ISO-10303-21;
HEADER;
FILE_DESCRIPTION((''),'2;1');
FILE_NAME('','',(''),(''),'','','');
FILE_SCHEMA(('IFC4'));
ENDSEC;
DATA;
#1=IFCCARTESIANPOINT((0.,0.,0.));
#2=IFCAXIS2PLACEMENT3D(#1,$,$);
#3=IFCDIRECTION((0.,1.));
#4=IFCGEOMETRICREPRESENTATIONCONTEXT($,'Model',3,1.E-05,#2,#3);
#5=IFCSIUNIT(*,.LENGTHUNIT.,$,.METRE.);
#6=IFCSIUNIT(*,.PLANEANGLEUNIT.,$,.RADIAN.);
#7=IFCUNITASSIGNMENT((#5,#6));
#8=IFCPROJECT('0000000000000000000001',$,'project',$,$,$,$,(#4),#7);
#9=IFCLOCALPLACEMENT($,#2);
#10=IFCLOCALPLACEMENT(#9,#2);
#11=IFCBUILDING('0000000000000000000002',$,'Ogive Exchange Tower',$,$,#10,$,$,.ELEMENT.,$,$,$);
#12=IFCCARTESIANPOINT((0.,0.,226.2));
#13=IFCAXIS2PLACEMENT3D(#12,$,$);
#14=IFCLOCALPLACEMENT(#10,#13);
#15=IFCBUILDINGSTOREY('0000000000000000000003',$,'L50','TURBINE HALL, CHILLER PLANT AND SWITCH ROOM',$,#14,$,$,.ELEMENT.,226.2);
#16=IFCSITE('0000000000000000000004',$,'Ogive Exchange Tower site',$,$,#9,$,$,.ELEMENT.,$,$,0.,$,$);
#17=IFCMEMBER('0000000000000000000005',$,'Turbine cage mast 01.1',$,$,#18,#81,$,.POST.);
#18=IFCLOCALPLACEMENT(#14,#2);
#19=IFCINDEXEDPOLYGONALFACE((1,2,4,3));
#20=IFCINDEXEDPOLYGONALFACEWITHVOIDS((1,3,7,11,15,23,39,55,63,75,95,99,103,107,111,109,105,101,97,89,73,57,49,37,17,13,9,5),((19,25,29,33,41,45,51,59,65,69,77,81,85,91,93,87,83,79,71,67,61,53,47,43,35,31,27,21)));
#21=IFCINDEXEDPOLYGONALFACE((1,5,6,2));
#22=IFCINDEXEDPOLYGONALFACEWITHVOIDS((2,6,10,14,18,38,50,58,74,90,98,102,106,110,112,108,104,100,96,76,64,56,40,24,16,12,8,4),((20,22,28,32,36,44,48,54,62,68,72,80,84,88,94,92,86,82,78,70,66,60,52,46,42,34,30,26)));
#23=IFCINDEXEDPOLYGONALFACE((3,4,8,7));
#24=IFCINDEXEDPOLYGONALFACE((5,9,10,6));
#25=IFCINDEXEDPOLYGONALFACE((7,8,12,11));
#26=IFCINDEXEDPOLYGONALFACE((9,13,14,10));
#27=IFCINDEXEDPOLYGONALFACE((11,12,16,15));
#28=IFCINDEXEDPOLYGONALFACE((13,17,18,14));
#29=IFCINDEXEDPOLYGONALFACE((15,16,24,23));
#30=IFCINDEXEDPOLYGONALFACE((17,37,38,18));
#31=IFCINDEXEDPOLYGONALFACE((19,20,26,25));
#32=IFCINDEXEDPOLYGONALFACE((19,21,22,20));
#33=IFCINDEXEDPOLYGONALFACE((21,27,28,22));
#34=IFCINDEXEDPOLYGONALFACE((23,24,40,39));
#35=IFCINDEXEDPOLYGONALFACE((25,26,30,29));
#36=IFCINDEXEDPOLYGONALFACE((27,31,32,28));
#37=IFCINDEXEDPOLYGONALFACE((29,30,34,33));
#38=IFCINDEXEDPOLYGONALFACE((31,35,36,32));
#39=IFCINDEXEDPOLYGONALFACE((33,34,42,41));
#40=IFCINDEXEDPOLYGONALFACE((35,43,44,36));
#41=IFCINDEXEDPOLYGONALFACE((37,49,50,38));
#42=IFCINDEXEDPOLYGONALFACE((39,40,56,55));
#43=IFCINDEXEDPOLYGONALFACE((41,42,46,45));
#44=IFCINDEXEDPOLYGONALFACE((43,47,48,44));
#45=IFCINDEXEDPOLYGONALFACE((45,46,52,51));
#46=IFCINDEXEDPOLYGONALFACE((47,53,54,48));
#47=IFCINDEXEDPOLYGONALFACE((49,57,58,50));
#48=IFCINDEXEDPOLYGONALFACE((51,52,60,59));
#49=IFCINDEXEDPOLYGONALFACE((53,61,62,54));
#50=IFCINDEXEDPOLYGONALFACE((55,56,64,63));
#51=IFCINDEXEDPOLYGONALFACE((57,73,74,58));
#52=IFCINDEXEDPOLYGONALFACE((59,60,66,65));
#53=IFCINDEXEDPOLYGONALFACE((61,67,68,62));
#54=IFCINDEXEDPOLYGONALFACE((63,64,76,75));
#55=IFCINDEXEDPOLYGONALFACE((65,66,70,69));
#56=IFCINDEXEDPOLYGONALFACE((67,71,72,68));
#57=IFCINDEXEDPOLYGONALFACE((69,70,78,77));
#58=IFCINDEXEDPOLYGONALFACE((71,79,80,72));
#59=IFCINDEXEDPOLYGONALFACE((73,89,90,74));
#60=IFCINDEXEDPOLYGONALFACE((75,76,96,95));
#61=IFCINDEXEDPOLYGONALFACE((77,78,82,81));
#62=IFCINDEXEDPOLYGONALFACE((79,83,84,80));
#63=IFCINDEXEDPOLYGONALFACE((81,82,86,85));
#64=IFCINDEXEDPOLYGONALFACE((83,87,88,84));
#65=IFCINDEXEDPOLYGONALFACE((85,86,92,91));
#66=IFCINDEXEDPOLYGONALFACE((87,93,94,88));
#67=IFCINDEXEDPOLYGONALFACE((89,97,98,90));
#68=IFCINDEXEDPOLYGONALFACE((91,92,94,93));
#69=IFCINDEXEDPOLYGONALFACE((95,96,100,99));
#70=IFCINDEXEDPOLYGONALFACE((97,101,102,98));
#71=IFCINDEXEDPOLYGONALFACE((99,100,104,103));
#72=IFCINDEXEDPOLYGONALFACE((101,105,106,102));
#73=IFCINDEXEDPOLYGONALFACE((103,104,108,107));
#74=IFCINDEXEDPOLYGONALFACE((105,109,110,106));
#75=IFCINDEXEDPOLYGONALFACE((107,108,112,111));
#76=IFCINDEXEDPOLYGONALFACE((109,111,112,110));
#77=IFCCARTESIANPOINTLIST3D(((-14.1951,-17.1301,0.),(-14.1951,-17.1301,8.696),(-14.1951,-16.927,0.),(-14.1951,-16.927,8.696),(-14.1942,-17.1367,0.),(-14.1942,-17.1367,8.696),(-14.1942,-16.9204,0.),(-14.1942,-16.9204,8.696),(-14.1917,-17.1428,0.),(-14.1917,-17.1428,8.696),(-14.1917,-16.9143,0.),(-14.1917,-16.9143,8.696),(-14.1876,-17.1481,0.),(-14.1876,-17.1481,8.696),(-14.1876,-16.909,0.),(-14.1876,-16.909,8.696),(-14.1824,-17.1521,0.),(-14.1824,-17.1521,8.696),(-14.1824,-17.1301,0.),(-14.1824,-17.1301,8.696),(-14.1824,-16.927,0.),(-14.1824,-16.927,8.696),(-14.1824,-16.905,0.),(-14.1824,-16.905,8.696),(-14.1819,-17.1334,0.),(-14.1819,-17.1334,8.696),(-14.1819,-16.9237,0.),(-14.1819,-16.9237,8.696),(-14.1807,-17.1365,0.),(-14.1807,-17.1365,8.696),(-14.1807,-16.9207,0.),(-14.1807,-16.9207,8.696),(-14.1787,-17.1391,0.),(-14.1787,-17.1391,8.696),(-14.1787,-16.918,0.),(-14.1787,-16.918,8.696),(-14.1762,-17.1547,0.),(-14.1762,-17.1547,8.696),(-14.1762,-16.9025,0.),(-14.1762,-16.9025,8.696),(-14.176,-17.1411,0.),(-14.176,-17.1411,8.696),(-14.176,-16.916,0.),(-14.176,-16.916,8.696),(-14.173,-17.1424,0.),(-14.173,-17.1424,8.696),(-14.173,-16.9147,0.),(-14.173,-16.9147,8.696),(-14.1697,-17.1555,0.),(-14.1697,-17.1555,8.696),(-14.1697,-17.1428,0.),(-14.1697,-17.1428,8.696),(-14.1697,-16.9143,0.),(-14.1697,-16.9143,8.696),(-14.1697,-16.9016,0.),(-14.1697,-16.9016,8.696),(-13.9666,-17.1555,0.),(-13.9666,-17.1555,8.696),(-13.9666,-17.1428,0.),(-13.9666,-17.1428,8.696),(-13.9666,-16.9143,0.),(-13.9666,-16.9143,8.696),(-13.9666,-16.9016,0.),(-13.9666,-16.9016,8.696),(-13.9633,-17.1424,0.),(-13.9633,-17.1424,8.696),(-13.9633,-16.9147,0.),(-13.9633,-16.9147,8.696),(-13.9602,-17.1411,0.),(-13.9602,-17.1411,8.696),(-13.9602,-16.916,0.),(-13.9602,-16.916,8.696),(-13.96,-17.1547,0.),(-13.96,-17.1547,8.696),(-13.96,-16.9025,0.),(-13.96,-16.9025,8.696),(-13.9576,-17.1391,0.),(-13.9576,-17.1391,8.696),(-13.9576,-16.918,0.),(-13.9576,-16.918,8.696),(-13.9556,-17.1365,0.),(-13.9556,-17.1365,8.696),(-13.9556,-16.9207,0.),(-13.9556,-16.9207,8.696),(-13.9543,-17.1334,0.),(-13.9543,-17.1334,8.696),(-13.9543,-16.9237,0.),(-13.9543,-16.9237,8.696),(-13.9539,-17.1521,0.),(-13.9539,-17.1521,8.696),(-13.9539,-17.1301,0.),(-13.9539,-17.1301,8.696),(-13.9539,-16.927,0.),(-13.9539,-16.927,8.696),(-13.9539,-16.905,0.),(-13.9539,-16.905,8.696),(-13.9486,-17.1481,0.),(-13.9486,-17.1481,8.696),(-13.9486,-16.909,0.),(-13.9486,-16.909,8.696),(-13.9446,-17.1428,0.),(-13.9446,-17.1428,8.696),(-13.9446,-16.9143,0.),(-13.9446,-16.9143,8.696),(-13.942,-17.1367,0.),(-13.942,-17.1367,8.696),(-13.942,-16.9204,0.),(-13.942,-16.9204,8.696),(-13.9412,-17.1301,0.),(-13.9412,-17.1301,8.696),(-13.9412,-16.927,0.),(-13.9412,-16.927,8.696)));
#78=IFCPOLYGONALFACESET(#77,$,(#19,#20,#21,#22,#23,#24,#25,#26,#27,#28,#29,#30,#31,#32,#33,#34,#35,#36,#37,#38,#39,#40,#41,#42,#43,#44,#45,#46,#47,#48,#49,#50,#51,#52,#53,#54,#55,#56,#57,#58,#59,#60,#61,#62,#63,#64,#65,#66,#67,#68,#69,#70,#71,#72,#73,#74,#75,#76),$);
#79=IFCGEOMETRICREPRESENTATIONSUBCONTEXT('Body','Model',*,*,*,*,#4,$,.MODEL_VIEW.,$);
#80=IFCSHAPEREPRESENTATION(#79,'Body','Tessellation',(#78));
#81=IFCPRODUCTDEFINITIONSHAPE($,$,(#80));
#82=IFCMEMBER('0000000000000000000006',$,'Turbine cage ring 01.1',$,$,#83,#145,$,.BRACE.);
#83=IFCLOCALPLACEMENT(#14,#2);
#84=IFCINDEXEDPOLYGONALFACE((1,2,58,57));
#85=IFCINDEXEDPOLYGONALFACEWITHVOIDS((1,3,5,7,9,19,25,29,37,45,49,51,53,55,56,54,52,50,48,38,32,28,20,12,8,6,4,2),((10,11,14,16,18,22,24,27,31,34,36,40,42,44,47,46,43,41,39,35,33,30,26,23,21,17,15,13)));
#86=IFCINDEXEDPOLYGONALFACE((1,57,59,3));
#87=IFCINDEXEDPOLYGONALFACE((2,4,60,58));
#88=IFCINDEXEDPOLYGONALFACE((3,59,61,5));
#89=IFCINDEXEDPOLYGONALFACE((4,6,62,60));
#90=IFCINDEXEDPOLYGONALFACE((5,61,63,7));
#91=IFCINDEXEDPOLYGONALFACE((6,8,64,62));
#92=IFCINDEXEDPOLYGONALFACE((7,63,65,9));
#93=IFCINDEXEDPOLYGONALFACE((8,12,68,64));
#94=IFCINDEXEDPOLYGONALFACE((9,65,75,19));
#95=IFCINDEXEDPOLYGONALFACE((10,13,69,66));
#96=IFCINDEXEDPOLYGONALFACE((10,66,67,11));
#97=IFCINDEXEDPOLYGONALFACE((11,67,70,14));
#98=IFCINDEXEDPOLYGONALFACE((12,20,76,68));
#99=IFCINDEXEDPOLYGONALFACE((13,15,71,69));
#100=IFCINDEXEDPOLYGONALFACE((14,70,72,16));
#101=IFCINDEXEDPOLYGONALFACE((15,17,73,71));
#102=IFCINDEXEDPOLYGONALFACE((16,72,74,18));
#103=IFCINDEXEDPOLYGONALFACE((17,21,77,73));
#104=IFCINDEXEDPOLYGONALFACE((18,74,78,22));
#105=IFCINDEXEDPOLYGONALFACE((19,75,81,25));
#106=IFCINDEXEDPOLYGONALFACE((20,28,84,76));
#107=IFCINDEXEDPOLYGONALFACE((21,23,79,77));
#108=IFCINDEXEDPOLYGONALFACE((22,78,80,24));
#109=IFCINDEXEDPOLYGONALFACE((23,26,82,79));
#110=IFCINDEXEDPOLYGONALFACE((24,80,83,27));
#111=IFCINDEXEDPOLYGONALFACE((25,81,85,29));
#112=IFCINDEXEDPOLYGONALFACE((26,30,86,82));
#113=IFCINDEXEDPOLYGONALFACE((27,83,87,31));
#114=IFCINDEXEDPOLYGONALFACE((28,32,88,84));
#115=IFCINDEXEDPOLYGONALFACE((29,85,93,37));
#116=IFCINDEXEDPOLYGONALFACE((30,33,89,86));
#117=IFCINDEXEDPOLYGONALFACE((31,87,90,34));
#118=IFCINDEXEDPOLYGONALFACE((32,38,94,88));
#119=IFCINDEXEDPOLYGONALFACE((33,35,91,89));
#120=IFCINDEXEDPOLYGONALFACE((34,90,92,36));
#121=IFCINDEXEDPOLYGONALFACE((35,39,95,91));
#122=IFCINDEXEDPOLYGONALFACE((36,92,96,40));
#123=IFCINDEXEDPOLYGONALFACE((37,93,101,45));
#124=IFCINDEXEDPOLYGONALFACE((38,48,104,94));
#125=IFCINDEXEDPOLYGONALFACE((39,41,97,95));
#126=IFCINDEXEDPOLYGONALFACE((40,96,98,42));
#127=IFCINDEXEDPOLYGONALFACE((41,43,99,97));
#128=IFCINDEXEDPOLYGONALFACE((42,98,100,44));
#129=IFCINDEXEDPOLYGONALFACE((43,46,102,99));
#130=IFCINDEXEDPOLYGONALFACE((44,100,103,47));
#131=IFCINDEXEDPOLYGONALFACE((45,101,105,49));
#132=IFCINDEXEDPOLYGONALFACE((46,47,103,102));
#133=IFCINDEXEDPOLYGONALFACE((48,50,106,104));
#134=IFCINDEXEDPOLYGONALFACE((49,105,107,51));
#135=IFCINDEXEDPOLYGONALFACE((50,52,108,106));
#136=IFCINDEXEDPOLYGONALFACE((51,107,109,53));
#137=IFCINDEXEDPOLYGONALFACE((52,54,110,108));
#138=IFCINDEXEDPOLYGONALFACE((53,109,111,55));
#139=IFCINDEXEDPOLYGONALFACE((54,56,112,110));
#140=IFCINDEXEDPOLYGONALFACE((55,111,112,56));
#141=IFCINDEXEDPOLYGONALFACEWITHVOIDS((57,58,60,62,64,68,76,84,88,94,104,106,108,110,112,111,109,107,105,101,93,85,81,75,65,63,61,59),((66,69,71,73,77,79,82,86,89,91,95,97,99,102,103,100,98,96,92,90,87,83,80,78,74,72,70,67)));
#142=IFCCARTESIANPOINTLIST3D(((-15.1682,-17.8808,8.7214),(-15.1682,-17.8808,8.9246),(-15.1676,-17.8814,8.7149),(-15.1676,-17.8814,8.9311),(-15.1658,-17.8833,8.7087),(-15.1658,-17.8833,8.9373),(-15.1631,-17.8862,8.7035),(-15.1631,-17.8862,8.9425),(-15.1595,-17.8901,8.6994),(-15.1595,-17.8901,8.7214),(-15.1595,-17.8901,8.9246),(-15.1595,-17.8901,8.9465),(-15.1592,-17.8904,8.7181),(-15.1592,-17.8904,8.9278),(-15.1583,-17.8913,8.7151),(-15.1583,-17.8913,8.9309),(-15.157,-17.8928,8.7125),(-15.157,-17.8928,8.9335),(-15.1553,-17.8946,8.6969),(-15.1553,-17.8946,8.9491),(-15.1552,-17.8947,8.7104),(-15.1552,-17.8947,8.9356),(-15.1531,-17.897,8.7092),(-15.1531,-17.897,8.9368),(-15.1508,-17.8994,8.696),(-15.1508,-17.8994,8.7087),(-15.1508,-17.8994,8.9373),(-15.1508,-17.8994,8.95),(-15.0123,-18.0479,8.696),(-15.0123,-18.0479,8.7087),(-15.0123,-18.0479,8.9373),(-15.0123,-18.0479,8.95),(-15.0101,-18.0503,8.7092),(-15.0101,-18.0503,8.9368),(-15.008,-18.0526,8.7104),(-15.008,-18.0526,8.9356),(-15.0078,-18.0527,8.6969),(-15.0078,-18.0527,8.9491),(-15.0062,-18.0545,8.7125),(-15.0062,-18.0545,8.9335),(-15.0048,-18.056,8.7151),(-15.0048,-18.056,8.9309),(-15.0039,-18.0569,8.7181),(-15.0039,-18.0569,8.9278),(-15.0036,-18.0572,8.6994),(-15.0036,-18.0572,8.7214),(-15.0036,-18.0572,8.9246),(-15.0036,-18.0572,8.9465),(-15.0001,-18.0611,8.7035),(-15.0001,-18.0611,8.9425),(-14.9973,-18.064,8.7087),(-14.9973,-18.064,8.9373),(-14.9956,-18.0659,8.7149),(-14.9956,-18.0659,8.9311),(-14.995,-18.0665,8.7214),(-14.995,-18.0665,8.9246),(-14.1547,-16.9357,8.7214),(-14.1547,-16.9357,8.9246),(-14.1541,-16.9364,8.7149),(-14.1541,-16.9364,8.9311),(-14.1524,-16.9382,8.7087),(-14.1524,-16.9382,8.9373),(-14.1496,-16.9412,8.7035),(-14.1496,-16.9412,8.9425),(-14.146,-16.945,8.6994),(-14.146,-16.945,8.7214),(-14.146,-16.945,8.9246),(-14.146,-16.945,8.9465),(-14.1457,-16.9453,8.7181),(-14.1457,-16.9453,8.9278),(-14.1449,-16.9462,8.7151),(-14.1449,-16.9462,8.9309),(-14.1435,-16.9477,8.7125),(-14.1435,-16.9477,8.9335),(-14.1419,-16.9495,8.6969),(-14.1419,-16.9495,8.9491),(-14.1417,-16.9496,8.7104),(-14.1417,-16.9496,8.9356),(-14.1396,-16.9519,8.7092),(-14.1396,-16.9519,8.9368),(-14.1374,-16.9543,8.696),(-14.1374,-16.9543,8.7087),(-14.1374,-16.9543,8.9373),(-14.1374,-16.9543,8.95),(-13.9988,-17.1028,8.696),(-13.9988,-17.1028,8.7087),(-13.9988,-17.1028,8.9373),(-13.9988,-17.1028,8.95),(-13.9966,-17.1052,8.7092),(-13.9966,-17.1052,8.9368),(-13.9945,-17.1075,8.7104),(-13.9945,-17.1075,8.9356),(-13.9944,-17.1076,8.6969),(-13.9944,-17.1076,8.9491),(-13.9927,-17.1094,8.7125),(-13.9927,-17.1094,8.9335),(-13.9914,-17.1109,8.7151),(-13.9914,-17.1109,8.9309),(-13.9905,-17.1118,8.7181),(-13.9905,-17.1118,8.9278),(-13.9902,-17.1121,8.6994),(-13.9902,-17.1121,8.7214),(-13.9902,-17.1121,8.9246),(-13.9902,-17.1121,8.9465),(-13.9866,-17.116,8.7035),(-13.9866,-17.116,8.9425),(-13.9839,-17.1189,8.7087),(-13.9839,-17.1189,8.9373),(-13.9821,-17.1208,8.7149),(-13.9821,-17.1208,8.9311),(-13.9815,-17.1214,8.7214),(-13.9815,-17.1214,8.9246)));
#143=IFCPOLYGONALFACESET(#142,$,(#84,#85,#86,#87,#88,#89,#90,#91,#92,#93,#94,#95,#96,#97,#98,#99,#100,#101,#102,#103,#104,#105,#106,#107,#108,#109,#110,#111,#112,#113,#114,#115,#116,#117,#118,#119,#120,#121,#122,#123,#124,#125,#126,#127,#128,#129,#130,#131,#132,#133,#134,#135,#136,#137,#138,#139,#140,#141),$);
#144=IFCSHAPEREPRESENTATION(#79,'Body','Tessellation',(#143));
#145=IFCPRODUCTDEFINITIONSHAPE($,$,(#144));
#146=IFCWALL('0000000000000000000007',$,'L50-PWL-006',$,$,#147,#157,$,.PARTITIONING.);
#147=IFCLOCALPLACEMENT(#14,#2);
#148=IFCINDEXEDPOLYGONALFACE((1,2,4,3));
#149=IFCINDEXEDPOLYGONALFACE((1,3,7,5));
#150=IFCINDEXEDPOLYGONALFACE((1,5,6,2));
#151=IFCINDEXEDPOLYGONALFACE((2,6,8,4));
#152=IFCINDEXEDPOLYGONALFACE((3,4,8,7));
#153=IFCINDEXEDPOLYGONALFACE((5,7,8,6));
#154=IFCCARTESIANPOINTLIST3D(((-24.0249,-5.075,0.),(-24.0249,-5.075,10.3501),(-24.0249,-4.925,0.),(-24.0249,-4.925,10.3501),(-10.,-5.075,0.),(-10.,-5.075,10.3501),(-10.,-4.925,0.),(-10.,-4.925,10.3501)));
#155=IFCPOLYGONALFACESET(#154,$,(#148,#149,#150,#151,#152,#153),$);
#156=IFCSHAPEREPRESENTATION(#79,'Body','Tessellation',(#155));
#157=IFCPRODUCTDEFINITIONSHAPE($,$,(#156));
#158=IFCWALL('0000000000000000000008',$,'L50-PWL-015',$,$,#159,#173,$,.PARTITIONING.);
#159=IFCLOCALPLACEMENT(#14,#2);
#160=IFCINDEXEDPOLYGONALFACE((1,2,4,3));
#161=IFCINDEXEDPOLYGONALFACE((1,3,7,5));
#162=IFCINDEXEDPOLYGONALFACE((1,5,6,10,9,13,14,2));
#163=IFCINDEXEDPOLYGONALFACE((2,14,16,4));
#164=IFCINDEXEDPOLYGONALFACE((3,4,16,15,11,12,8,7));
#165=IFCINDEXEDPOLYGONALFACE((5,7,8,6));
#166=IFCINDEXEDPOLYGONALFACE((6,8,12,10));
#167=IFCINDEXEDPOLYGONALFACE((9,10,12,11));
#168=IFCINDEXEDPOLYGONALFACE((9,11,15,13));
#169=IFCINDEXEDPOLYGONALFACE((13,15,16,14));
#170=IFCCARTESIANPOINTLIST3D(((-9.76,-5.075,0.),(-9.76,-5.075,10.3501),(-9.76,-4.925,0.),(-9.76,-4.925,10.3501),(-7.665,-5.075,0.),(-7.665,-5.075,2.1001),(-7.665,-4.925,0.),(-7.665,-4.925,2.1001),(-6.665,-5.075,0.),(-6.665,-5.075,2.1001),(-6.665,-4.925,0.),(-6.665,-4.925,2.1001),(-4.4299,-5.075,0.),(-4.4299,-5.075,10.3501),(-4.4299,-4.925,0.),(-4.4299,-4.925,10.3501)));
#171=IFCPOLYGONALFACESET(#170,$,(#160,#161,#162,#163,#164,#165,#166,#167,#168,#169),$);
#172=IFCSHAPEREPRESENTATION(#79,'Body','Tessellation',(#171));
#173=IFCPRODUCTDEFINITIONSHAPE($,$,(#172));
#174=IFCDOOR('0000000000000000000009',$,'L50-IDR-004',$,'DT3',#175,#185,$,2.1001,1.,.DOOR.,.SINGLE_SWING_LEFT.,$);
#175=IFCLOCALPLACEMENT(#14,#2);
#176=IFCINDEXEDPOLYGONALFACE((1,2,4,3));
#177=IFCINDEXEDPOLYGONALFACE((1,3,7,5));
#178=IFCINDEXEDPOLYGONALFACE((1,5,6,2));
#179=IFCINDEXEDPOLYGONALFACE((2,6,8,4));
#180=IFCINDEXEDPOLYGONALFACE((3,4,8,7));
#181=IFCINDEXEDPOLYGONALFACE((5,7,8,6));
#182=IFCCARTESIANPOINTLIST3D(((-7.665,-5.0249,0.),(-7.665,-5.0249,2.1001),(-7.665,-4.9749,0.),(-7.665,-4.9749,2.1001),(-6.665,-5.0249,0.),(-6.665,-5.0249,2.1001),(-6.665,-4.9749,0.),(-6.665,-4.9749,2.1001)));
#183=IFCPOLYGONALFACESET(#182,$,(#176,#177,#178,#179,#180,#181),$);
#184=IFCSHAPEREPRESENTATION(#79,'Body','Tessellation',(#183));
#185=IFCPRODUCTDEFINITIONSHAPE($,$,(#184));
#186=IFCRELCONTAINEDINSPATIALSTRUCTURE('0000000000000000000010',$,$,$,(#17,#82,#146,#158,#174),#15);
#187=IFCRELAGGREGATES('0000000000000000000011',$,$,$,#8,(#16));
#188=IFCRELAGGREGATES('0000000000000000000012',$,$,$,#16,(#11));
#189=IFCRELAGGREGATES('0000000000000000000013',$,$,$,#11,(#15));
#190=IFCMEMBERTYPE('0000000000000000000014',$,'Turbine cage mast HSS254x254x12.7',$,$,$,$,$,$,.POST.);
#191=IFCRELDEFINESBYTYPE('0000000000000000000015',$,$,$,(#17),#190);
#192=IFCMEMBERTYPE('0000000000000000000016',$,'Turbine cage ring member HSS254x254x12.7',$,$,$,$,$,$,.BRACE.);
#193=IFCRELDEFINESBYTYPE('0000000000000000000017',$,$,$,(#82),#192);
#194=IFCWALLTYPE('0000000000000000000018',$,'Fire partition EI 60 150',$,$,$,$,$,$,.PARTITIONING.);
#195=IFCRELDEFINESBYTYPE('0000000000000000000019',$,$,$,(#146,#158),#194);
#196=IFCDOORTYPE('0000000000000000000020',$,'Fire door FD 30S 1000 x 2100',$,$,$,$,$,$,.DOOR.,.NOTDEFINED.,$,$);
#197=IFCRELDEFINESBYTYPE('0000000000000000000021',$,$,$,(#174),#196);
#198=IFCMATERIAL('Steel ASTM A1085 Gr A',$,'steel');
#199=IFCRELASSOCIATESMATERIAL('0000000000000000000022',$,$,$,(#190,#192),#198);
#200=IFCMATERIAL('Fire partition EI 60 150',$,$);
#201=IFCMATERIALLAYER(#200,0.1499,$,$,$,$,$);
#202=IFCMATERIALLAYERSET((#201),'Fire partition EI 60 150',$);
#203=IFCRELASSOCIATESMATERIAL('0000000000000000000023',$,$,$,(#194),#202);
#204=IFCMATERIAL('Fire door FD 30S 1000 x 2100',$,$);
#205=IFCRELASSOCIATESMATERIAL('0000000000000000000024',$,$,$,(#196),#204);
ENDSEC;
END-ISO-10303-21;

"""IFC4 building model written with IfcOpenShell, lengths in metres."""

from ifc_helpers import new_model, si_unit, direction, frame, frame_2d, origin, origin_2d, place, context, subcontext, project, spatial, rectangle, hollow_rectangle, extrude, material, layer, layer_set, material_profile, profile_set, type_object, element, fill, save


model = new_model("IFC4")

# Units and contexts
model_context = context("Model", 3, precision=1e-05, world=origin(), true_north=direction((0.0, 1.0)))
body_context = subcontext(model_context, "Body", "Model", "MODEL_VIEW")
ifc_project = project(units=[si_unit("LENGTHUNIT", "METRE"), si_unit("PLANEANGLEUNIT", "RADIAN")], contexts=[model_context])

# Site, building, storey
site_placement = place(None, origin())
site = spatial("IfcSite", under=ifc_project, at=site_placement, Name="Ogive Exchange Tower site", CompositionType="ELEMENT", RefElevation=0.0)
building_placement = place(site_placement, origin())
building = spatial("IfcBuilding", under=site, at=building_placement, Name="Ogive Exchange Tower", CompositionType="ELEMENT")
storey_placement = place(building_placement, frame((0.0, 0.0, 226.2)))
storey = spatial("IfcBuildingStorey", under=building, at=storey_placement, Name="L50", Description="TURBINE HALL, CHILLER PLANT AND SWITCH ROOM", CompositionType="ELEMENT", Elevation=226.2)

# Members
ifc_material_1 = material(Name="Steel ASTM A1085 Gr A", Category="steel")
ifc_material_profile_1 = material_profile(ifc_material_1, hollow_rectangle(XDim=0.2539, YDim=0.2539, WallThickness=0.0127, InnerFilletRadius=0.0127, OuterFilletRadius=0.0254, at=origin_2d()), Name="HSS254x254x12.7")
ifc_profile_set_1 = profile_set([ifc_material_profile_1], Name="Steel ASTM A1085 Gr A")
member_type_1 = type_object("IfcMemberType", Name="Turbine cage mast HSS254x254x12.7", PredefinedType="POST", material=ifc_profile_set_1)
member_1_placement = place(storey_placement, frame((-14.0681, -17.0286, 0.0), z_axis=(0.0, 0.0, 1.0), x_axis=(1.0, 0.0, 0.0)))
element("IfcMember", 1, at=member_1_placement, inside=storey, type_object=member_type_1, Name="Turbine cage mast 01.1", PredefinedType="POST", context=body_context, shape_type="SweptSolid", body=[
    extrude(hollow_rectangle(XDim=0.2539, YDim=0.2539, WallThickness=0.0127, InnerFilletRadius=0.0127, OuterFilletRadius=0.0254, at=origin_2d()), origin(), (0.0, 0.0, 1.0), 8.696),
])
ifc_material_profile_2 = material_profile(ifc_material_1, hollow_rectangle(XDim=0.2539, YDim=0.2539, WallThickness=0.0127, InnerFilletRadius=0.0127, OuterFilletRadius=0.0254, at=origin_2d()), Name="HSS254x254x12.7")
ifc_profile_set_2 = profile_set([ifc_material_profile_2], Name="Steel ASTM A1085 Gr A")
member_type_2 = type_object("IfcMemberType", Name="Turbine cage ring member HSS254x254x12.7", PredefinedType="BRACE", material=ifc_profile_set_2)
member_2_placement = place(storey_placement, frame((-14.0681, -17.0286, 8.823), z_axis=(-0.731342, -0.682011, 0.0), x_axis=(0.682011, -0.731342, 0.0)))
element("IfcMember", 2, at=member_2_placement, inside=storey, type_object=member_type_2, Name="Turbine cage ring 01.1", PredefinedType="BRACE", context=body_context, shape_type="SweptSolid", body=[
    extrude(hollow_rectangle(XDim=0.2539, YDim=0.2539, WallThickness=0.0127, InnerFilletRadius=0.0127, OuterFilletRadius=0.0254, at=origin_2d()), origin(), (0.0, 0.0, 1.0), 1.3857),
])

# Wall
ifc_material_2 = material(Name="Fire partition EI 60 150")
ifc_layer_1 = layer(ifc_material_2, 0.1499)
ifc_layer_set_1 = layer_set([ifc_layer_1], Name="Fire partition EI 60 150")
wall_type_1 = type_object("IfcWallType", Name="Fire partition EI 60 150", PredefinedType="PARTITIONING", material=ifc_layer_set_1)
wall_1_placement = place(storey_placement, frame((-10.0, -5.0, 0.0), z_axis=(0.0, 0.0, 1.0), x_axis=(-1.0, 0.0, 0.0)))
element("IfcWall", 3, at=wall_1_placement, inside=storey, type_object=wall_type_1, Name="L50-PWL-006", PredefinedType="PARTITIONING", context=body_context, shape_type="SweptSolid", body=[
    extrude(rectangle(XDim=14.0249, YDim=0.1499, at=frame_2d((7.0125, 0.0))), origin(), (0.0, 0.0, 1.0), 10.3501),
])

# Wall, opening, door
wall_2_placement = place(storey_placement, frame((-4.4299, -5.0, 0.0), z_axis=(0.0, 0.0, 1.0), x_axis=(-1.0, 0.0, 0.0)))
wall_2 = element("IfcWall", 4, at=wall_2_placement, inside=storey, type_object=wall_type_1, Name="L50-PWL-015", PredefinedType="PARTITIONING", context=body_context, shape_type="SweptSolid", body=[
    extrude(rectangle(XDim=5.3301, YDim=0.1499, at=frame_2d((2.665, 0.0))), origin(), (0.0, 0.0, 1.0), 10.3501),
])
opening_1_placement = place(wall_2_placement, frame((2.2351, 0.0, 0.0)))
opening_1 = element("IfcOpeningElement", 5, at=opening_1_placement, cuts=wall_2, PredefinedType="OPENING", context=body_context, shape_type="SweptSolid", body=[
    extrude(rectangle(XDim=1.0, YDim=2.1001, at=frame_2d((0.5, 1.05))), frame((0.0, 0.085, 0.0), z_axis=(0.0, -1.0, 0.0), x_axis=(1.0, 0.0, 0.0)), (0.0, 0.0, 1.0), 0.1699),
])
ifc_material_3 = material(Name="Fire door FD 30S 1000 x 2100")
door_type_1 = type_object("IfcDoorType", Name="Fire door FD 30S 1000 x 2100", OperationType="NOTDEFINED", PredefinedType="DOOR", material=ifc_material_3)
door_1_placement = place(opening_1_placement, origin())
door_1 = element("IfcDoor", 6, at=door_1_placement, inside=storey, type_object=door_type_1, Name="L50-IDR-004", ObjectType="DT3", OperationType="SINGLE_SWING_LEFT", OverallHeight=2.1001, OverallWidth=1.0, PredefinedType="DOOR", context=body_context, shape_type="SweptSolid", body=[
    extrude(rectangle(XDim=1.0, YDim=2.1001, at=frame_2d((0.5, 1.05))), frame((0.0, 0.0249, 0.0), z_axis=(0.0, -1.0, 0.0), x_axis=(1.0, 0.0, 0.0)), (0.0, 0.0, 1.0), 0.05),
])
fill(opening_1, door_1)

save(model, "model.ifc")
